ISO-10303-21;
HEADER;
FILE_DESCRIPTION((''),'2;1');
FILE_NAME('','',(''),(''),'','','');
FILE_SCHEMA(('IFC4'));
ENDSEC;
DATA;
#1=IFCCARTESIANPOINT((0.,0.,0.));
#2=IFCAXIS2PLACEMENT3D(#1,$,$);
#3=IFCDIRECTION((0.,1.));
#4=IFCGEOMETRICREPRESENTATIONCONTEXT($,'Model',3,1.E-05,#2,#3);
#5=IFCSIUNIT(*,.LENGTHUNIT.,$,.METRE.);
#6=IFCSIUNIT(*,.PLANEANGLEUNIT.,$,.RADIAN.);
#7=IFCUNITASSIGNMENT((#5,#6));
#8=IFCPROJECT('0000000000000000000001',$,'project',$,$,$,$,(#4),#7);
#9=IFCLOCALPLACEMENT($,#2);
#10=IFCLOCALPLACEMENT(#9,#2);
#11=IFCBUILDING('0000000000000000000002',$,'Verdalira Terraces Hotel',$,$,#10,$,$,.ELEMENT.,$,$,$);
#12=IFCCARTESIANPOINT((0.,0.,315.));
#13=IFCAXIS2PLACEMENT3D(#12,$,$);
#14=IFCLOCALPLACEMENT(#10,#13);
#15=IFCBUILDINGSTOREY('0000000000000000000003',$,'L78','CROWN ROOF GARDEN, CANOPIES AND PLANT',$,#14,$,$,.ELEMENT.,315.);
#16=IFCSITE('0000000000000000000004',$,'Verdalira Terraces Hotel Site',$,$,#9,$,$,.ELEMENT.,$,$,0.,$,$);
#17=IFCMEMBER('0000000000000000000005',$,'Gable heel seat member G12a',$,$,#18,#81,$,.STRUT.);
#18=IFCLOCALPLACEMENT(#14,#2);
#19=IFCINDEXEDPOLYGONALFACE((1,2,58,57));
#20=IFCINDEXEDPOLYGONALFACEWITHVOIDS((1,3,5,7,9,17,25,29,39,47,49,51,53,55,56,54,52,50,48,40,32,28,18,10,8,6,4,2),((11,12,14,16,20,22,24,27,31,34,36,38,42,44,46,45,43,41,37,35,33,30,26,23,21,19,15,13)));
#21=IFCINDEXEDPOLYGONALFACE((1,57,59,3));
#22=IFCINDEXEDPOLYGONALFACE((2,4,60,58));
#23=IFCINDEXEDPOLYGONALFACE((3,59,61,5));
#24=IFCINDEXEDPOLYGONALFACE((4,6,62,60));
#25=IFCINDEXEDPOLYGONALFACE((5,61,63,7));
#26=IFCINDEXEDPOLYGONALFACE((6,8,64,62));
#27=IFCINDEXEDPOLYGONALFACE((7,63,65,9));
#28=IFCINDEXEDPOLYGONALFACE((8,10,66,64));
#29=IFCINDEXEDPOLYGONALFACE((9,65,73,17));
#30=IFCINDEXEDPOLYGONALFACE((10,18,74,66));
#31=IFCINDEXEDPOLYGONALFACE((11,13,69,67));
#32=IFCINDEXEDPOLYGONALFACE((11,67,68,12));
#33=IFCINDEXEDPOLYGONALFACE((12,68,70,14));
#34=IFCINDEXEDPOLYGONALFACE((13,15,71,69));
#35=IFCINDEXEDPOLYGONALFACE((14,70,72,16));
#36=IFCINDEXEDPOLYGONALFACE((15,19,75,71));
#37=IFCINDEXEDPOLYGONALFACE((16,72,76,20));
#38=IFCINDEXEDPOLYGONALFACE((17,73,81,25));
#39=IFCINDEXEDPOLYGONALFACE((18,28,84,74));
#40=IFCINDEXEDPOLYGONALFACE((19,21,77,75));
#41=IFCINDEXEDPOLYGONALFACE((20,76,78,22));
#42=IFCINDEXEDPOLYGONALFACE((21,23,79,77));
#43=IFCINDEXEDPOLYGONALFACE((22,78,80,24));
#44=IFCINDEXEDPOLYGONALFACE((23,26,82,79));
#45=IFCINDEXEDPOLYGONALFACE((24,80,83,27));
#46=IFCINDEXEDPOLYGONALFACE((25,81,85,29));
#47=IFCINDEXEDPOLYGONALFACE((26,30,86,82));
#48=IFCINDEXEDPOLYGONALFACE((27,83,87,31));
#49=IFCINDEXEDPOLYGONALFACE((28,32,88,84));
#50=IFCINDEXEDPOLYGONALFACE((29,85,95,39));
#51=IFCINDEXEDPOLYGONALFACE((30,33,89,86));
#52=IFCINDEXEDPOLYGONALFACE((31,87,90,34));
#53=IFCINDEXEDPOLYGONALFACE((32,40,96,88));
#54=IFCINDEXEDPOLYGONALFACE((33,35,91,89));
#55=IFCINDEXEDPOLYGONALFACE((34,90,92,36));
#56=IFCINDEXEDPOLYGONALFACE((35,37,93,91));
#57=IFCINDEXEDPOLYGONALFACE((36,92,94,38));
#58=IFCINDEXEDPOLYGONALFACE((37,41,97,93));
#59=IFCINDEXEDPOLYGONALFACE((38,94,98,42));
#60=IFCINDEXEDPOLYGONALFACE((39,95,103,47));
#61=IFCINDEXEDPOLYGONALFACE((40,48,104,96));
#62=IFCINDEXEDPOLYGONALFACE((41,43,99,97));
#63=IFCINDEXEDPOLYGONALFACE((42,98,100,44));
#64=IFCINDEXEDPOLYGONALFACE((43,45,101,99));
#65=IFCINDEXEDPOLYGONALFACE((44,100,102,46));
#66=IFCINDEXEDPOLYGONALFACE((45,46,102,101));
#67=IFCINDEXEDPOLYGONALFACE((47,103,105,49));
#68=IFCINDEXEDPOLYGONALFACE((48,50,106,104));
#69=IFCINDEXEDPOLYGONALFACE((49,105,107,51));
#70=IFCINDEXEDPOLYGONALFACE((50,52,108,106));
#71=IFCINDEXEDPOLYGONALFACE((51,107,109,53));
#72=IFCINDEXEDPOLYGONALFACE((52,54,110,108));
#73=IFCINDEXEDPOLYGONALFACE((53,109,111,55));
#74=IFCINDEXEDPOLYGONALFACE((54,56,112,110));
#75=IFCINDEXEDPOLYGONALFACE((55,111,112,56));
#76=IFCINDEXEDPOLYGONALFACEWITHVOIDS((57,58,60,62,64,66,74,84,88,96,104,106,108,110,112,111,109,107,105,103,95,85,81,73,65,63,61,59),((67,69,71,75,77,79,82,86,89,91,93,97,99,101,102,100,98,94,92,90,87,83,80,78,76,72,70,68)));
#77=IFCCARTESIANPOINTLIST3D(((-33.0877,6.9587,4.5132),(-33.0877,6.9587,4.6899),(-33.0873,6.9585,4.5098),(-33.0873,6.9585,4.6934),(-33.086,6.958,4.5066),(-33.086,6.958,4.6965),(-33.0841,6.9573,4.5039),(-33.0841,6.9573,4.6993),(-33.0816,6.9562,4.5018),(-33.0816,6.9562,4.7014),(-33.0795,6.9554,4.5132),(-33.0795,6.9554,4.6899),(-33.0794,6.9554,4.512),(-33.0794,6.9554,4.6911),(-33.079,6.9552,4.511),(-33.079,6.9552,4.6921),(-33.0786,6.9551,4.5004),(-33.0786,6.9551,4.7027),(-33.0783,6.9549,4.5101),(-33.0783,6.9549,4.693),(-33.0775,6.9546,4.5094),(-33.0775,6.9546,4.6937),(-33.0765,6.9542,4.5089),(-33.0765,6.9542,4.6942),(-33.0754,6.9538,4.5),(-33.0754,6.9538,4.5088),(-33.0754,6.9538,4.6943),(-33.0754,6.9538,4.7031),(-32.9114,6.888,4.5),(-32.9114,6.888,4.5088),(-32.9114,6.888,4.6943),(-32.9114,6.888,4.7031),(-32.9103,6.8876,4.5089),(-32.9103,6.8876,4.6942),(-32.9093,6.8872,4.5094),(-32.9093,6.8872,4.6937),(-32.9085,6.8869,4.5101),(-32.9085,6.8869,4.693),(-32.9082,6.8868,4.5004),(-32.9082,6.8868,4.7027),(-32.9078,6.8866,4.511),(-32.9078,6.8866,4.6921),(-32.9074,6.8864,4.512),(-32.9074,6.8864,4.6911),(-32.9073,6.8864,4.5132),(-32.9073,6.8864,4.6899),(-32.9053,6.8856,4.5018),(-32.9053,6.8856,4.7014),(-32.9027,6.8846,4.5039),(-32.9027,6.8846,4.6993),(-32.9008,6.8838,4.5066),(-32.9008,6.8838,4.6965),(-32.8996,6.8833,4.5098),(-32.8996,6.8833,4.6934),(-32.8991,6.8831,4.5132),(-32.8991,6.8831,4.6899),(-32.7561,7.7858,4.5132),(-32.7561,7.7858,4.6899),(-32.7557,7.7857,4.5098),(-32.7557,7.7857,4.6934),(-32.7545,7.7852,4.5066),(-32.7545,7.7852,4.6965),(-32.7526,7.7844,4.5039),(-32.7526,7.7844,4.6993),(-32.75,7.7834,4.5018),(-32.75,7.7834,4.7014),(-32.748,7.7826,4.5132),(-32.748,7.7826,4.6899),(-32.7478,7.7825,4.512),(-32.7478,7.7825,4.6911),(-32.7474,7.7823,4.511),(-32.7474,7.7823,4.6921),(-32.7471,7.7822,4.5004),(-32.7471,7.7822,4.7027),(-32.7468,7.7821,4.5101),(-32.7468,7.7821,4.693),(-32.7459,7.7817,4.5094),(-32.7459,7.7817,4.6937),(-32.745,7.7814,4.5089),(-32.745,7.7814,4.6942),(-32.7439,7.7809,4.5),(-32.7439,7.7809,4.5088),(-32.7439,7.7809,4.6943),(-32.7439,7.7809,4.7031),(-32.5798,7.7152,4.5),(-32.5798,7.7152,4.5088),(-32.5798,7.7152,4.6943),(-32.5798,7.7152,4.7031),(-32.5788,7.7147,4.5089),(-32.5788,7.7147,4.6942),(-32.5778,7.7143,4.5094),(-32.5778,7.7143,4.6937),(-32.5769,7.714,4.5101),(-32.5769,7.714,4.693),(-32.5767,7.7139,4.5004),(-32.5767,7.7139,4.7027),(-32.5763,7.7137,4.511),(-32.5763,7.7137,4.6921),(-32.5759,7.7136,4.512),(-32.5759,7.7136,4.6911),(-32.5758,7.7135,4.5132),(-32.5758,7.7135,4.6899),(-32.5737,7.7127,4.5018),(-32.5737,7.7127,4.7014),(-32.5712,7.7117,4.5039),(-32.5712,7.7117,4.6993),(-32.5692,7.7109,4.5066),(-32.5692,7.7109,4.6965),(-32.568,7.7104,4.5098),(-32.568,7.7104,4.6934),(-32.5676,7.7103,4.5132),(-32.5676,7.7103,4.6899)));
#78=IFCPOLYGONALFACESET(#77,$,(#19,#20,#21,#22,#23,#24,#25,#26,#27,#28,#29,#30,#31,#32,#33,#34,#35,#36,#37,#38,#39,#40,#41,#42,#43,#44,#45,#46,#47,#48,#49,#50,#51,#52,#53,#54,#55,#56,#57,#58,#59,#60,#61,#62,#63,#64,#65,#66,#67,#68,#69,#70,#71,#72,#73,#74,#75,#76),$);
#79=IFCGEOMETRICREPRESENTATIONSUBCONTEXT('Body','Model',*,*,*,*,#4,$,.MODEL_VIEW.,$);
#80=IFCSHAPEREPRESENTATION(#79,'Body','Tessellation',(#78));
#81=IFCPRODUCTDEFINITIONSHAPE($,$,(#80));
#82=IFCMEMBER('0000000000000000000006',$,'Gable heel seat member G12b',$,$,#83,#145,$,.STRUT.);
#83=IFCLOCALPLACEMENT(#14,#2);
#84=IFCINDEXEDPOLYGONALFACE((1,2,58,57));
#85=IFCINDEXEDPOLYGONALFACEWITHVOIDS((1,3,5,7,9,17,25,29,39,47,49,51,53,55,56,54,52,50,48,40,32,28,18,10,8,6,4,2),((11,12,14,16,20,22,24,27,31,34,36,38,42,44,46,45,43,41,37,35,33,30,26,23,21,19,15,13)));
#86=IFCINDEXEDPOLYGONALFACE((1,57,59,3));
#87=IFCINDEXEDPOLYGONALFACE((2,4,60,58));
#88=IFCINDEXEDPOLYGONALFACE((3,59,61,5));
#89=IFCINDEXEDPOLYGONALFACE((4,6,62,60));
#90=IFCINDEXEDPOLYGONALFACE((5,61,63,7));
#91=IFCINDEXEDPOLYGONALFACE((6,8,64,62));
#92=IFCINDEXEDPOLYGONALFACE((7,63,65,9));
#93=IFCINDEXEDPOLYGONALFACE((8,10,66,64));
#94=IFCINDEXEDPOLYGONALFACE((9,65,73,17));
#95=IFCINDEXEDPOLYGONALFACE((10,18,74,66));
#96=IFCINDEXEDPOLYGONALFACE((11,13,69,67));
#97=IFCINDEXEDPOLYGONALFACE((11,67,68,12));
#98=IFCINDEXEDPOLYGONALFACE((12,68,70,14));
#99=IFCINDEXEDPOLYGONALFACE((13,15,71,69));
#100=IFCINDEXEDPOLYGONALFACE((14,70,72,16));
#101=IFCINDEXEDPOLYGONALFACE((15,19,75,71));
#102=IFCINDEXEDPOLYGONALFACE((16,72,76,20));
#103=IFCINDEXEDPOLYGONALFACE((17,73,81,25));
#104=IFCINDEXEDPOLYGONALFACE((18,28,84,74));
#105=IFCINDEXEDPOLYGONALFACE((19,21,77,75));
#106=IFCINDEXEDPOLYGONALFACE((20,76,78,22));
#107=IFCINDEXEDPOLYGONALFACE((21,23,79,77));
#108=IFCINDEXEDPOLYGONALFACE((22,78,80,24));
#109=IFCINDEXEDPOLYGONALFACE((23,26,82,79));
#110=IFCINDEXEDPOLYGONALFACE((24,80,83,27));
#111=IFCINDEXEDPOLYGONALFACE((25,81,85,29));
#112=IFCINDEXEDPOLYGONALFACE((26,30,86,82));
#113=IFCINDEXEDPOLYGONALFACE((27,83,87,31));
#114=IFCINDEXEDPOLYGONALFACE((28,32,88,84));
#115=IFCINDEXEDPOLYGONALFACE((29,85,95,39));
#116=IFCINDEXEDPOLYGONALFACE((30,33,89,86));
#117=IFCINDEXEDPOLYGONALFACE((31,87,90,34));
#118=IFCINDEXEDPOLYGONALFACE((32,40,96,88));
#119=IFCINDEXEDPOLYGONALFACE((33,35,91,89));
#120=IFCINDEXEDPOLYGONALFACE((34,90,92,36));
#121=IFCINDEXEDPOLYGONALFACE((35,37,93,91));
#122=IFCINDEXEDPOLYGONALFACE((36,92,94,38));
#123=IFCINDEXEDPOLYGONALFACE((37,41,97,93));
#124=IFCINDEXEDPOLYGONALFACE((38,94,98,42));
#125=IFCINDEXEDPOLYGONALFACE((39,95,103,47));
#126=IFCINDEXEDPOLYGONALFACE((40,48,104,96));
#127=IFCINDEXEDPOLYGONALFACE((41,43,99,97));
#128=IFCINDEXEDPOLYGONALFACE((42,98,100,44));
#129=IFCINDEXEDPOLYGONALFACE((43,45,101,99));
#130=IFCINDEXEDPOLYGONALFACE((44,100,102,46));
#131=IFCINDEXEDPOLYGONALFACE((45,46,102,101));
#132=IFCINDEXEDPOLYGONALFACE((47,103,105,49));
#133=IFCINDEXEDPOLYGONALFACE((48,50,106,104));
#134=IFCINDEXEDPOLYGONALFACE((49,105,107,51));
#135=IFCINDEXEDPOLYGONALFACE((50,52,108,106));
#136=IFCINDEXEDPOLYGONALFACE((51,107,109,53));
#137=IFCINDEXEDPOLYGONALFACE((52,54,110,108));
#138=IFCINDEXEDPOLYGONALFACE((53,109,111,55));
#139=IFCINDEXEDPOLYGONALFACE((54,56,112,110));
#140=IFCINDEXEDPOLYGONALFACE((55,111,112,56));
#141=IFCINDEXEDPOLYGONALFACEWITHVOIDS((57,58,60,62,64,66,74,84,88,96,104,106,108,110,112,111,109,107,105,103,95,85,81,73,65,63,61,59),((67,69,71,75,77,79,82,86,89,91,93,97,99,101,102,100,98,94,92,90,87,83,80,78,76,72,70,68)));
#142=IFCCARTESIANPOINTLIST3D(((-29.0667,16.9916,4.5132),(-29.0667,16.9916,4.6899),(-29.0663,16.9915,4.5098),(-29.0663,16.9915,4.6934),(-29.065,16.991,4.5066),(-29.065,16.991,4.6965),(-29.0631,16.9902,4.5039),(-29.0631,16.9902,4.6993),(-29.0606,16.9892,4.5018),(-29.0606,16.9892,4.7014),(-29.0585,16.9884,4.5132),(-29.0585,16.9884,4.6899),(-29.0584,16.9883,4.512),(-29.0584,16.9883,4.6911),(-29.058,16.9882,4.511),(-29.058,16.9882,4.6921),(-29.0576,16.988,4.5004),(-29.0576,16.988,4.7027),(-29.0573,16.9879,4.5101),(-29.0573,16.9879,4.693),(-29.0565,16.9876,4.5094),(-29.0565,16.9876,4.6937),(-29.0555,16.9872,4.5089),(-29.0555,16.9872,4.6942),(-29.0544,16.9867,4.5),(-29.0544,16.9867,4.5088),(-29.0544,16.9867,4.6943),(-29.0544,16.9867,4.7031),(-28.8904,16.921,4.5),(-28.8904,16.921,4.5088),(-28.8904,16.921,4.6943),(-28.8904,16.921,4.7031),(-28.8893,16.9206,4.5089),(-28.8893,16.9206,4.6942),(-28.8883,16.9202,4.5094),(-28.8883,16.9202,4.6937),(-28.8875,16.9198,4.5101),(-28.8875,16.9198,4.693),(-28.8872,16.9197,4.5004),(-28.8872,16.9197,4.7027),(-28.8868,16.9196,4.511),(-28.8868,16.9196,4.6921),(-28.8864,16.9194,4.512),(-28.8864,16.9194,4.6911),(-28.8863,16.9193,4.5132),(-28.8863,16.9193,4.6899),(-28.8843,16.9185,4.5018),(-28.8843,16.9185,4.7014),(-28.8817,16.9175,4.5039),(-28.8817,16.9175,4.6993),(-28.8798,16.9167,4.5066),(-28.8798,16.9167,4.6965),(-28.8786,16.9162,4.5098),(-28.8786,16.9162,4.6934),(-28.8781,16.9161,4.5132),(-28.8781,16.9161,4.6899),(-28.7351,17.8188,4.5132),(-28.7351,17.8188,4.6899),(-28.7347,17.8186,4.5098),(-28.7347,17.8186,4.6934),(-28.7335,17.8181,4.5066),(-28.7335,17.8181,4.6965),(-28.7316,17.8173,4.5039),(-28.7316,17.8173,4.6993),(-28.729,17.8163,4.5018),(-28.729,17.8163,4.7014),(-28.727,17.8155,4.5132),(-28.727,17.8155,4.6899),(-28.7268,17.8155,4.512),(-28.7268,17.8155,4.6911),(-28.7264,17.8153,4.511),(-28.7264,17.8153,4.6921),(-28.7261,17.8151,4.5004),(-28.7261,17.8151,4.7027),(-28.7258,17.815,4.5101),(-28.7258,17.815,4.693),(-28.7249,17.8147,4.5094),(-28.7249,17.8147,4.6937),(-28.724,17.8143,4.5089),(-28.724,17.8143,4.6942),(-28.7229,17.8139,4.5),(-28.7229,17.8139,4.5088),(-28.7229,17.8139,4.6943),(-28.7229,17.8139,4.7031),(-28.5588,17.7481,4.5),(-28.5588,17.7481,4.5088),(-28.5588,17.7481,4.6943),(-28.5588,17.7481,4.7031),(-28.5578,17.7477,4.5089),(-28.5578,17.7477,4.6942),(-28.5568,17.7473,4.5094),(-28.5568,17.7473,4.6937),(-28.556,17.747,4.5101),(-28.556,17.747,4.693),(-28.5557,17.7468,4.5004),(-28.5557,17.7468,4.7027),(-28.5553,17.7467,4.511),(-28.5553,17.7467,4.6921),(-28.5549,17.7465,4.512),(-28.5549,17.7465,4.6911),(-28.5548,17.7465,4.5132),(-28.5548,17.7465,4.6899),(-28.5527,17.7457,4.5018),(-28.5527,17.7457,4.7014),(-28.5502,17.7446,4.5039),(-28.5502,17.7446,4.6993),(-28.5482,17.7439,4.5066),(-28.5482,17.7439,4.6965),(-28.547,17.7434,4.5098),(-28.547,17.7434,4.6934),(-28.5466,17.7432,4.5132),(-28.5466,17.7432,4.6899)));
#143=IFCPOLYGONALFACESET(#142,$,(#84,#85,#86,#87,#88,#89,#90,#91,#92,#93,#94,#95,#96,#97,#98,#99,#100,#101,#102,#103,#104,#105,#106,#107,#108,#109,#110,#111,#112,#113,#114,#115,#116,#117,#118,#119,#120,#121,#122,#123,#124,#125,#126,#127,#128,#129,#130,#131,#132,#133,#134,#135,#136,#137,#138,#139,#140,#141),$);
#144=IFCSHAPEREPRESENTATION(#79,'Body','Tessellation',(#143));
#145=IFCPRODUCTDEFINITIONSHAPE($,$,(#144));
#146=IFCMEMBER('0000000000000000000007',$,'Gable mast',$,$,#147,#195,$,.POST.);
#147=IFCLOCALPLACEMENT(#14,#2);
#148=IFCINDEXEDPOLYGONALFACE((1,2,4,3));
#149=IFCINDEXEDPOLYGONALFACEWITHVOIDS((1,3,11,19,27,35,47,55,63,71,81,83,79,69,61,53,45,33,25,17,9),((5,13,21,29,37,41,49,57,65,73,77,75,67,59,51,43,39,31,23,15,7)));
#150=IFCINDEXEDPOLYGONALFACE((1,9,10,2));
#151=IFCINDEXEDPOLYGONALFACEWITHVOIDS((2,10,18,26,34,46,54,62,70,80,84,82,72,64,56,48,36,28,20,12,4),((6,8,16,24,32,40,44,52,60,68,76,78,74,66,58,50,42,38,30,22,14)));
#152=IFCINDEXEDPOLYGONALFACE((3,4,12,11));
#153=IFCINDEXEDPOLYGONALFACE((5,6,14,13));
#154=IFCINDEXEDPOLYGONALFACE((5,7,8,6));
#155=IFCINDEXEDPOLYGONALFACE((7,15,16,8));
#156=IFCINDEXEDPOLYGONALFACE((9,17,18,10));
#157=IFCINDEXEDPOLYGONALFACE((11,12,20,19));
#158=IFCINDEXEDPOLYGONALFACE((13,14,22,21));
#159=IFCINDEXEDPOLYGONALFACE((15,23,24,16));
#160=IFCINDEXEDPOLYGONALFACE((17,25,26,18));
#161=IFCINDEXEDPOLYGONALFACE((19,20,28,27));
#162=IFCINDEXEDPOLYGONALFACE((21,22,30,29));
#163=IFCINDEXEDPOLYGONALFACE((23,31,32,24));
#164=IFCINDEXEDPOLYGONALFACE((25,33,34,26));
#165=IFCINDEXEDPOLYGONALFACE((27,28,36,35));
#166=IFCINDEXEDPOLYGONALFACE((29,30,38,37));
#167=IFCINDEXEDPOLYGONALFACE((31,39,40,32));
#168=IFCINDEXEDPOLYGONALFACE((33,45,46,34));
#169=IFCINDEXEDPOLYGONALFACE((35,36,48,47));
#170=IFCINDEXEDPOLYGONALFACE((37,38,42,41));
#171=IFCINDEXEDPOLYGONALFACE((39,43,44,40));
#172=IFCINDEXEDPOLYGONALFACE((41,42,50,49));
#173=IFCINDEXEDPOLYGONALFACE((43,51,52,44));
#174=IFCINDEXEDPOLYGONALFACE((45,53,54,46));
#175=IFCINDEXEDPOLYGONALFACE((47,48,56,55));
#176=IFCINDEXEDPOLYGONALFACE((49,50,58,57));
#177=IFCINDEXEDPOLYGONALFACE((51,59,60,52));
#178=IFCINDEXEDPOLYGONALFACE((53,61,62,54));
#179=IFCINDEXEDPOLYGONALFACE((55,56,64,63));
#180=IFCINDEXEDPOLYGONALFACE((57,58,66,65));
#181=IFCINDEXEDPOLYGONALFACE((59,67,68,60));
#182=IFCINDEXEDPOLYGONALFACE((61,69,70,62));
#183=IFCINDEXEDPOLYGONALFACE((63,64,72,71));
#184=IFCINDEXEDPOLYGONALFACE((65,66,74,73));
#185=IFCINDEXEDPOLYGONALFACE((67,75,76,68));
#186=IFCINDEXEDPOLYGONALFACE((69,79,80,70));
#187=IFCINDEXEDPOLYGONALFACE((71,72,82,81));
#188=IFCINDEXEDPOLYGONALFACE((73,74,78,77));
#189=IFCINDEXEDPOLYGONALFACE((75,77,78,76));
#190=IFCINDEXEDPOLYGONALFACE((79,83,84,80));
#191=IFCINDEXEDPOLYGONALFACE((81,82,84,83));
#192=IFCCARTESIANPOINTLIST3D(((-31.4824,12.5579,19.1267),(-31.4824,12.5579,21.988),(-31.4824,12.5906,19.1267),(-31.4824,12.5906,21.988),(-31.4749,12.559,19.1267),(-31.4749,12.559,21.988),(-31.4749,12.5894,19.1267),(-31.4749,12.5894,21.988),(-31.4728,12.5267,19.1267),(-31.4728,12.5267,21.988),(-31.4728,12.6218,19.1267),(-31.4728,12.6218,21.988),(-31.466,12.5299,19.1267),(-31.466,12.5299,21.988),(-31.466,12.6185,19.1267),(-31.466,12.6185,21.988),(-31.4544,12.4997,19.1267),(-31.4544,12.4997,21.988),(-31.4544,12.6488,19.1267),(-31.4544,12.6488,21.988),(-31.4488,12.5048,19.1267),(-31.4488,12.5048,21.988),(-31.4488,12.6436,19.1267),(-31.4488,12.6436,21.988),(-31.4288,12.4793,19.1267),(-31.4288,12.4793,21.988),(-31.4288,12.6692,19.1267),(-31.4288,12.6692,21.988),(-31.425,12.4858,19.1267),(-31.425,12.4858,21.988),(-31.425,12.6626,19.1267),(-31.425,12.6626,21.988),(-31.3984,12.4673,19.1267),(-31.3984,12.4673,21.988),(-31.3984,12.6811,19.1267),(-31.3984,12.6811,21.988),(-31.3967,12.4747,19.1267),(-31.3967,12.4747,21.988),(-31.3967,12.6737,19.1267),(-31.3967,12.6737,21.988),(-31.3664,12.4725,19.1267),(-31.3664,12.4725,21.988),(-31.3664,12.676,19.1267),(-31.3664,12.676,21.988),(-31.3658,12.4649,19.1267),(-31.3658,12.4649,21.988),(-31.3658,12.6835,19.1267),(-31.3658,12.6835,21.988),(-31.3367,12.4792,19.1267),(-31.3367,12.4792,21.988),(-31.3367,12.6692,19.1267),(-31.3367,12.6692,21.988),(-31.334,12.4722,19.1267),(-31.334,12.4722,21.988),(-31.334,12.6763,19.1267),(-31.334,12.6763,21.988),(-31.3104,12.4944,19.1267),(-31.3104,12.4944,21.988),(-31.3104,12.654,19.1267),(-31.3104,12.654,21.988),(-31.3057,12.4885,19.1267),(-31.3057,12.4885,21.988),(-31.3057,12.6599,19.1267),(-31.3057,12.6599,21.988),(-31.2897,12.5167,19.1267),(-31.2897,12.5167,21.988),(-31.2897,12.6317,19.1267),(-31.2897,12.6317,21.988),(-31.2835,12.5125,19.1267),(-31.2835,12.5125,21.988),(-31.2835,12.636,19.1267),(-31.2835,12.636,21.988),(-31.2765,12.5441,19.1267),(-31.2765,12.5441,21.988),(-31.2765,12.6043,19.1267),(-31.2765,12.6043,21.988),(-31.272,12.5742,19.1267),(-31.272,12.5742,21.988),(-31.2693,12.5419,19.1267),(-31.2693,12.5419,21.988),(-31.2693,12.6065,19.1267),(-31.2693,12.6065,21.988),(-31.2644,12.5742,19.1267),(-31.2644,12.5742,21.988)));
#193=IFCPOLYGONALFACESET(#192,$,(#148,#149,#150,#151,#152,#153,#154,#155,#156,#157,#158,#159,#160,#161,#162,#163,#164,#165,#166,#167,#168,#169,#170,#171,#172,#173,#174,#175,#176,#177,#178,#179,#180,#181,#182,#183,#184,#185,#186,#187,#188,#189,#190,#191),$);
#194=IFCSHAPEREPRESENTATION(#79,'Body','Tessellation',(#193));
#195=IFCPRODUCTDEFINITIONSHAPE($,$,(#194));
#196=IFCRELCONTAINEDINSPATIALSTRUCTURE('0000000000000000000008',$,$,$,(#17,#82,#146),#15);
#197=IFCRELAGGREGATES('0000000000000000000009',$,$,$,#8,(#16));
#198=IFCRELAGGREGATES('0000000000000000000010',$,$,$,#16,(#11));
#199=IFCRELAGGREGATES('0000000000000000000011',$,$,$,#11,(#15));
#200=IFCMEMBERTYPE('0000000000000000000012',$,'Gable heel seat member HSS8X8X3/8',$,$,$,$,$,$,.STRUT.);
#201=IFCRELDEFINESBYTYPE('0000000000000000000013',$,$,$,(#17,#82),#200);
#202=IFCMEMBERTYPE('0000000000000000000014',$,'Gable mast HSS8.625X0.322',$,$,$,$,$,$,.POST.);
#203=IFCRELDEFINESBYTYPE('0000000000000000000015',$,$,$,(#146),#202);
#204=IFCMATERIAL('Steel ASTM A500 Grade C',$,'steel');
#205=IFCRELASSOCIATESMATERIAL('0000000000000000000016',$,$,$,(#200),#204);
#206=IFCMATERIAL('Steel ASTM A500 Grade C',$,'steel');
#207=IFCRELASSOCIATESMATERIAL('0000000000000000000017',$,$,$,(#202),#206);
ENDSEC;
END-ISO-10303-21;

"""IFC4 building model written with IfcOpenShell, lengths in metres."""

from ifc_helpers import new_model, si_unit, direction, frame, origin, origin_2d, place, context, subcontext, project, spatial, hollow_rectangle, hollow_circle, extrude, material, material_profile, profile_set, type_object, element, save


model = new_model("IFC4")

# Units and contexts
model_context = context("Model", 3, precision=1e-05, world=origin(), true_north=direction((0.0, 1.0)))
body_context = subcontext(model_context, "Body", "Model", "MODEL_VIEW")
ifc_project = project(units=[si_unit("LENGTHUNIT", "METRE"), si_unit("PLANEANGLEUNIT", "RADIAN")], contexts=[model_context])

# Site, building, storey
site_placement = place(None, origin())
site = spatial("IfcSite", under=ifc_project, at=site_placement, Name="Verdalira Terraces Hotel Site", CompositionType="ELEMENT", RefElevation=0.0)
building_placement = place(site_placement, origin())
building = spatial("IfcBuilding", under=site, at=building_placement, Name="Verdalira Terraces Hotel", CompositionType="ELEMENT")
storey_placement = place(building_placement, frame((0.0, 0.0, 315.0)))
storey = spatial("IfcBuildingStorey", under=building, at=storey_placement, Name="L78", Description="CROWN ROOF GARDEN, CANOPIES AND PLANT", CompositionType="ELEMENT", Elevation=315.0)

# Members
ifc_material_1 = material(Name="Steel ASTM A500 Grade C", Category="steel")
ifc_material_profile_1 = material_profile(ifc_material_1, hollow_rectangle(XDim=0.2031, YDim=0.2031, WallThickness=0.0088, InnerFilletRadius=0.0044, OuterFilletRadius=0.0132, at=origin_2d()), Name="HSS8X8X3/8")
ifc_profile_set_1 = profile_set([ifc_material_profile_1], Name="Steel ASTM A500 Grade C")
member_type_1 = type_object("IfcMemberType", Name="Gable heel seat member HSS8X8X3/8", PredefinedType="STRUT", material=ifc_profile_set_1)
for number, where, z_axis, x_axis, name in (
    (1, (-32.6619, 7.748, 4.6016), (-0.372052, -0.928212, 0.0), (0.928212, -0.372052, 0.0), "Gable heel seat member G12a"),
    (2, (-28.9724, 16.9539, 4.6016), (0.372052, 0.928212, 0.0), (-0.928212, 0.372052, 0.0), "Gable heel seat member G12b"),
):
    element("IfcMember", number, at=place(storey_placement, frame(where, z_axis=z_axis, x_axis=x_axis)), inside=storey, type_object=member_type_1, Name=name, PredefinedType="STRUT", context=body_context, shape_type="SweptSolid", body=[
        extrude(hollow_rectangle(XDim=0.2031, YDim=0.2031, WallThickness=0.0088, InnerFilletRadius=0.0044, OuterFilletRadius=0.0132, at=origin_2d()), origin(), (0.0, 0.0, 1.0), 0.8911),
    ])
ifc_material_2 = material(Name="Steel ASTM A500 Grade C", Category="steel")
ifc_material_profile_2 = material_profile(ifc_material_2, hollow_circle(Radius=0.1096, WallThickness=0.0076, at=origin_2d()), Name="HSS8.625X0.322")
ifc_profile_set_2 = profile_set([ifc_material_profile_2], Name="Steel ASTM A500 Grade C")
member_type_2 = type_object("IfcMemberType", Name="Gable mast HSS8.625X0.322", PredefinedType="POST", material=ifc_profile_set_2)
member_1_placement = place(storey_placement, frame((-31.374, 12.5742, 19.1267), z_axis=(0.0, 0.0, 1.0), x_axis=(1.0, 0.0, 0.0)))
element("IfcMember", 3, at=member_1_placement, inside=storey, type_object=member_type_2, Name="Gable mast", PredefinedType="POST", context=body_context, shape_type="SweptSolid", body=[
    extrude(hollow_circle(Radius=0.1096, WallThickness=0.0076, at=origin_2d()), origin(), (0.0, 0.0, 1.0), 2.8613),
])

save(model, "model.ifc")
